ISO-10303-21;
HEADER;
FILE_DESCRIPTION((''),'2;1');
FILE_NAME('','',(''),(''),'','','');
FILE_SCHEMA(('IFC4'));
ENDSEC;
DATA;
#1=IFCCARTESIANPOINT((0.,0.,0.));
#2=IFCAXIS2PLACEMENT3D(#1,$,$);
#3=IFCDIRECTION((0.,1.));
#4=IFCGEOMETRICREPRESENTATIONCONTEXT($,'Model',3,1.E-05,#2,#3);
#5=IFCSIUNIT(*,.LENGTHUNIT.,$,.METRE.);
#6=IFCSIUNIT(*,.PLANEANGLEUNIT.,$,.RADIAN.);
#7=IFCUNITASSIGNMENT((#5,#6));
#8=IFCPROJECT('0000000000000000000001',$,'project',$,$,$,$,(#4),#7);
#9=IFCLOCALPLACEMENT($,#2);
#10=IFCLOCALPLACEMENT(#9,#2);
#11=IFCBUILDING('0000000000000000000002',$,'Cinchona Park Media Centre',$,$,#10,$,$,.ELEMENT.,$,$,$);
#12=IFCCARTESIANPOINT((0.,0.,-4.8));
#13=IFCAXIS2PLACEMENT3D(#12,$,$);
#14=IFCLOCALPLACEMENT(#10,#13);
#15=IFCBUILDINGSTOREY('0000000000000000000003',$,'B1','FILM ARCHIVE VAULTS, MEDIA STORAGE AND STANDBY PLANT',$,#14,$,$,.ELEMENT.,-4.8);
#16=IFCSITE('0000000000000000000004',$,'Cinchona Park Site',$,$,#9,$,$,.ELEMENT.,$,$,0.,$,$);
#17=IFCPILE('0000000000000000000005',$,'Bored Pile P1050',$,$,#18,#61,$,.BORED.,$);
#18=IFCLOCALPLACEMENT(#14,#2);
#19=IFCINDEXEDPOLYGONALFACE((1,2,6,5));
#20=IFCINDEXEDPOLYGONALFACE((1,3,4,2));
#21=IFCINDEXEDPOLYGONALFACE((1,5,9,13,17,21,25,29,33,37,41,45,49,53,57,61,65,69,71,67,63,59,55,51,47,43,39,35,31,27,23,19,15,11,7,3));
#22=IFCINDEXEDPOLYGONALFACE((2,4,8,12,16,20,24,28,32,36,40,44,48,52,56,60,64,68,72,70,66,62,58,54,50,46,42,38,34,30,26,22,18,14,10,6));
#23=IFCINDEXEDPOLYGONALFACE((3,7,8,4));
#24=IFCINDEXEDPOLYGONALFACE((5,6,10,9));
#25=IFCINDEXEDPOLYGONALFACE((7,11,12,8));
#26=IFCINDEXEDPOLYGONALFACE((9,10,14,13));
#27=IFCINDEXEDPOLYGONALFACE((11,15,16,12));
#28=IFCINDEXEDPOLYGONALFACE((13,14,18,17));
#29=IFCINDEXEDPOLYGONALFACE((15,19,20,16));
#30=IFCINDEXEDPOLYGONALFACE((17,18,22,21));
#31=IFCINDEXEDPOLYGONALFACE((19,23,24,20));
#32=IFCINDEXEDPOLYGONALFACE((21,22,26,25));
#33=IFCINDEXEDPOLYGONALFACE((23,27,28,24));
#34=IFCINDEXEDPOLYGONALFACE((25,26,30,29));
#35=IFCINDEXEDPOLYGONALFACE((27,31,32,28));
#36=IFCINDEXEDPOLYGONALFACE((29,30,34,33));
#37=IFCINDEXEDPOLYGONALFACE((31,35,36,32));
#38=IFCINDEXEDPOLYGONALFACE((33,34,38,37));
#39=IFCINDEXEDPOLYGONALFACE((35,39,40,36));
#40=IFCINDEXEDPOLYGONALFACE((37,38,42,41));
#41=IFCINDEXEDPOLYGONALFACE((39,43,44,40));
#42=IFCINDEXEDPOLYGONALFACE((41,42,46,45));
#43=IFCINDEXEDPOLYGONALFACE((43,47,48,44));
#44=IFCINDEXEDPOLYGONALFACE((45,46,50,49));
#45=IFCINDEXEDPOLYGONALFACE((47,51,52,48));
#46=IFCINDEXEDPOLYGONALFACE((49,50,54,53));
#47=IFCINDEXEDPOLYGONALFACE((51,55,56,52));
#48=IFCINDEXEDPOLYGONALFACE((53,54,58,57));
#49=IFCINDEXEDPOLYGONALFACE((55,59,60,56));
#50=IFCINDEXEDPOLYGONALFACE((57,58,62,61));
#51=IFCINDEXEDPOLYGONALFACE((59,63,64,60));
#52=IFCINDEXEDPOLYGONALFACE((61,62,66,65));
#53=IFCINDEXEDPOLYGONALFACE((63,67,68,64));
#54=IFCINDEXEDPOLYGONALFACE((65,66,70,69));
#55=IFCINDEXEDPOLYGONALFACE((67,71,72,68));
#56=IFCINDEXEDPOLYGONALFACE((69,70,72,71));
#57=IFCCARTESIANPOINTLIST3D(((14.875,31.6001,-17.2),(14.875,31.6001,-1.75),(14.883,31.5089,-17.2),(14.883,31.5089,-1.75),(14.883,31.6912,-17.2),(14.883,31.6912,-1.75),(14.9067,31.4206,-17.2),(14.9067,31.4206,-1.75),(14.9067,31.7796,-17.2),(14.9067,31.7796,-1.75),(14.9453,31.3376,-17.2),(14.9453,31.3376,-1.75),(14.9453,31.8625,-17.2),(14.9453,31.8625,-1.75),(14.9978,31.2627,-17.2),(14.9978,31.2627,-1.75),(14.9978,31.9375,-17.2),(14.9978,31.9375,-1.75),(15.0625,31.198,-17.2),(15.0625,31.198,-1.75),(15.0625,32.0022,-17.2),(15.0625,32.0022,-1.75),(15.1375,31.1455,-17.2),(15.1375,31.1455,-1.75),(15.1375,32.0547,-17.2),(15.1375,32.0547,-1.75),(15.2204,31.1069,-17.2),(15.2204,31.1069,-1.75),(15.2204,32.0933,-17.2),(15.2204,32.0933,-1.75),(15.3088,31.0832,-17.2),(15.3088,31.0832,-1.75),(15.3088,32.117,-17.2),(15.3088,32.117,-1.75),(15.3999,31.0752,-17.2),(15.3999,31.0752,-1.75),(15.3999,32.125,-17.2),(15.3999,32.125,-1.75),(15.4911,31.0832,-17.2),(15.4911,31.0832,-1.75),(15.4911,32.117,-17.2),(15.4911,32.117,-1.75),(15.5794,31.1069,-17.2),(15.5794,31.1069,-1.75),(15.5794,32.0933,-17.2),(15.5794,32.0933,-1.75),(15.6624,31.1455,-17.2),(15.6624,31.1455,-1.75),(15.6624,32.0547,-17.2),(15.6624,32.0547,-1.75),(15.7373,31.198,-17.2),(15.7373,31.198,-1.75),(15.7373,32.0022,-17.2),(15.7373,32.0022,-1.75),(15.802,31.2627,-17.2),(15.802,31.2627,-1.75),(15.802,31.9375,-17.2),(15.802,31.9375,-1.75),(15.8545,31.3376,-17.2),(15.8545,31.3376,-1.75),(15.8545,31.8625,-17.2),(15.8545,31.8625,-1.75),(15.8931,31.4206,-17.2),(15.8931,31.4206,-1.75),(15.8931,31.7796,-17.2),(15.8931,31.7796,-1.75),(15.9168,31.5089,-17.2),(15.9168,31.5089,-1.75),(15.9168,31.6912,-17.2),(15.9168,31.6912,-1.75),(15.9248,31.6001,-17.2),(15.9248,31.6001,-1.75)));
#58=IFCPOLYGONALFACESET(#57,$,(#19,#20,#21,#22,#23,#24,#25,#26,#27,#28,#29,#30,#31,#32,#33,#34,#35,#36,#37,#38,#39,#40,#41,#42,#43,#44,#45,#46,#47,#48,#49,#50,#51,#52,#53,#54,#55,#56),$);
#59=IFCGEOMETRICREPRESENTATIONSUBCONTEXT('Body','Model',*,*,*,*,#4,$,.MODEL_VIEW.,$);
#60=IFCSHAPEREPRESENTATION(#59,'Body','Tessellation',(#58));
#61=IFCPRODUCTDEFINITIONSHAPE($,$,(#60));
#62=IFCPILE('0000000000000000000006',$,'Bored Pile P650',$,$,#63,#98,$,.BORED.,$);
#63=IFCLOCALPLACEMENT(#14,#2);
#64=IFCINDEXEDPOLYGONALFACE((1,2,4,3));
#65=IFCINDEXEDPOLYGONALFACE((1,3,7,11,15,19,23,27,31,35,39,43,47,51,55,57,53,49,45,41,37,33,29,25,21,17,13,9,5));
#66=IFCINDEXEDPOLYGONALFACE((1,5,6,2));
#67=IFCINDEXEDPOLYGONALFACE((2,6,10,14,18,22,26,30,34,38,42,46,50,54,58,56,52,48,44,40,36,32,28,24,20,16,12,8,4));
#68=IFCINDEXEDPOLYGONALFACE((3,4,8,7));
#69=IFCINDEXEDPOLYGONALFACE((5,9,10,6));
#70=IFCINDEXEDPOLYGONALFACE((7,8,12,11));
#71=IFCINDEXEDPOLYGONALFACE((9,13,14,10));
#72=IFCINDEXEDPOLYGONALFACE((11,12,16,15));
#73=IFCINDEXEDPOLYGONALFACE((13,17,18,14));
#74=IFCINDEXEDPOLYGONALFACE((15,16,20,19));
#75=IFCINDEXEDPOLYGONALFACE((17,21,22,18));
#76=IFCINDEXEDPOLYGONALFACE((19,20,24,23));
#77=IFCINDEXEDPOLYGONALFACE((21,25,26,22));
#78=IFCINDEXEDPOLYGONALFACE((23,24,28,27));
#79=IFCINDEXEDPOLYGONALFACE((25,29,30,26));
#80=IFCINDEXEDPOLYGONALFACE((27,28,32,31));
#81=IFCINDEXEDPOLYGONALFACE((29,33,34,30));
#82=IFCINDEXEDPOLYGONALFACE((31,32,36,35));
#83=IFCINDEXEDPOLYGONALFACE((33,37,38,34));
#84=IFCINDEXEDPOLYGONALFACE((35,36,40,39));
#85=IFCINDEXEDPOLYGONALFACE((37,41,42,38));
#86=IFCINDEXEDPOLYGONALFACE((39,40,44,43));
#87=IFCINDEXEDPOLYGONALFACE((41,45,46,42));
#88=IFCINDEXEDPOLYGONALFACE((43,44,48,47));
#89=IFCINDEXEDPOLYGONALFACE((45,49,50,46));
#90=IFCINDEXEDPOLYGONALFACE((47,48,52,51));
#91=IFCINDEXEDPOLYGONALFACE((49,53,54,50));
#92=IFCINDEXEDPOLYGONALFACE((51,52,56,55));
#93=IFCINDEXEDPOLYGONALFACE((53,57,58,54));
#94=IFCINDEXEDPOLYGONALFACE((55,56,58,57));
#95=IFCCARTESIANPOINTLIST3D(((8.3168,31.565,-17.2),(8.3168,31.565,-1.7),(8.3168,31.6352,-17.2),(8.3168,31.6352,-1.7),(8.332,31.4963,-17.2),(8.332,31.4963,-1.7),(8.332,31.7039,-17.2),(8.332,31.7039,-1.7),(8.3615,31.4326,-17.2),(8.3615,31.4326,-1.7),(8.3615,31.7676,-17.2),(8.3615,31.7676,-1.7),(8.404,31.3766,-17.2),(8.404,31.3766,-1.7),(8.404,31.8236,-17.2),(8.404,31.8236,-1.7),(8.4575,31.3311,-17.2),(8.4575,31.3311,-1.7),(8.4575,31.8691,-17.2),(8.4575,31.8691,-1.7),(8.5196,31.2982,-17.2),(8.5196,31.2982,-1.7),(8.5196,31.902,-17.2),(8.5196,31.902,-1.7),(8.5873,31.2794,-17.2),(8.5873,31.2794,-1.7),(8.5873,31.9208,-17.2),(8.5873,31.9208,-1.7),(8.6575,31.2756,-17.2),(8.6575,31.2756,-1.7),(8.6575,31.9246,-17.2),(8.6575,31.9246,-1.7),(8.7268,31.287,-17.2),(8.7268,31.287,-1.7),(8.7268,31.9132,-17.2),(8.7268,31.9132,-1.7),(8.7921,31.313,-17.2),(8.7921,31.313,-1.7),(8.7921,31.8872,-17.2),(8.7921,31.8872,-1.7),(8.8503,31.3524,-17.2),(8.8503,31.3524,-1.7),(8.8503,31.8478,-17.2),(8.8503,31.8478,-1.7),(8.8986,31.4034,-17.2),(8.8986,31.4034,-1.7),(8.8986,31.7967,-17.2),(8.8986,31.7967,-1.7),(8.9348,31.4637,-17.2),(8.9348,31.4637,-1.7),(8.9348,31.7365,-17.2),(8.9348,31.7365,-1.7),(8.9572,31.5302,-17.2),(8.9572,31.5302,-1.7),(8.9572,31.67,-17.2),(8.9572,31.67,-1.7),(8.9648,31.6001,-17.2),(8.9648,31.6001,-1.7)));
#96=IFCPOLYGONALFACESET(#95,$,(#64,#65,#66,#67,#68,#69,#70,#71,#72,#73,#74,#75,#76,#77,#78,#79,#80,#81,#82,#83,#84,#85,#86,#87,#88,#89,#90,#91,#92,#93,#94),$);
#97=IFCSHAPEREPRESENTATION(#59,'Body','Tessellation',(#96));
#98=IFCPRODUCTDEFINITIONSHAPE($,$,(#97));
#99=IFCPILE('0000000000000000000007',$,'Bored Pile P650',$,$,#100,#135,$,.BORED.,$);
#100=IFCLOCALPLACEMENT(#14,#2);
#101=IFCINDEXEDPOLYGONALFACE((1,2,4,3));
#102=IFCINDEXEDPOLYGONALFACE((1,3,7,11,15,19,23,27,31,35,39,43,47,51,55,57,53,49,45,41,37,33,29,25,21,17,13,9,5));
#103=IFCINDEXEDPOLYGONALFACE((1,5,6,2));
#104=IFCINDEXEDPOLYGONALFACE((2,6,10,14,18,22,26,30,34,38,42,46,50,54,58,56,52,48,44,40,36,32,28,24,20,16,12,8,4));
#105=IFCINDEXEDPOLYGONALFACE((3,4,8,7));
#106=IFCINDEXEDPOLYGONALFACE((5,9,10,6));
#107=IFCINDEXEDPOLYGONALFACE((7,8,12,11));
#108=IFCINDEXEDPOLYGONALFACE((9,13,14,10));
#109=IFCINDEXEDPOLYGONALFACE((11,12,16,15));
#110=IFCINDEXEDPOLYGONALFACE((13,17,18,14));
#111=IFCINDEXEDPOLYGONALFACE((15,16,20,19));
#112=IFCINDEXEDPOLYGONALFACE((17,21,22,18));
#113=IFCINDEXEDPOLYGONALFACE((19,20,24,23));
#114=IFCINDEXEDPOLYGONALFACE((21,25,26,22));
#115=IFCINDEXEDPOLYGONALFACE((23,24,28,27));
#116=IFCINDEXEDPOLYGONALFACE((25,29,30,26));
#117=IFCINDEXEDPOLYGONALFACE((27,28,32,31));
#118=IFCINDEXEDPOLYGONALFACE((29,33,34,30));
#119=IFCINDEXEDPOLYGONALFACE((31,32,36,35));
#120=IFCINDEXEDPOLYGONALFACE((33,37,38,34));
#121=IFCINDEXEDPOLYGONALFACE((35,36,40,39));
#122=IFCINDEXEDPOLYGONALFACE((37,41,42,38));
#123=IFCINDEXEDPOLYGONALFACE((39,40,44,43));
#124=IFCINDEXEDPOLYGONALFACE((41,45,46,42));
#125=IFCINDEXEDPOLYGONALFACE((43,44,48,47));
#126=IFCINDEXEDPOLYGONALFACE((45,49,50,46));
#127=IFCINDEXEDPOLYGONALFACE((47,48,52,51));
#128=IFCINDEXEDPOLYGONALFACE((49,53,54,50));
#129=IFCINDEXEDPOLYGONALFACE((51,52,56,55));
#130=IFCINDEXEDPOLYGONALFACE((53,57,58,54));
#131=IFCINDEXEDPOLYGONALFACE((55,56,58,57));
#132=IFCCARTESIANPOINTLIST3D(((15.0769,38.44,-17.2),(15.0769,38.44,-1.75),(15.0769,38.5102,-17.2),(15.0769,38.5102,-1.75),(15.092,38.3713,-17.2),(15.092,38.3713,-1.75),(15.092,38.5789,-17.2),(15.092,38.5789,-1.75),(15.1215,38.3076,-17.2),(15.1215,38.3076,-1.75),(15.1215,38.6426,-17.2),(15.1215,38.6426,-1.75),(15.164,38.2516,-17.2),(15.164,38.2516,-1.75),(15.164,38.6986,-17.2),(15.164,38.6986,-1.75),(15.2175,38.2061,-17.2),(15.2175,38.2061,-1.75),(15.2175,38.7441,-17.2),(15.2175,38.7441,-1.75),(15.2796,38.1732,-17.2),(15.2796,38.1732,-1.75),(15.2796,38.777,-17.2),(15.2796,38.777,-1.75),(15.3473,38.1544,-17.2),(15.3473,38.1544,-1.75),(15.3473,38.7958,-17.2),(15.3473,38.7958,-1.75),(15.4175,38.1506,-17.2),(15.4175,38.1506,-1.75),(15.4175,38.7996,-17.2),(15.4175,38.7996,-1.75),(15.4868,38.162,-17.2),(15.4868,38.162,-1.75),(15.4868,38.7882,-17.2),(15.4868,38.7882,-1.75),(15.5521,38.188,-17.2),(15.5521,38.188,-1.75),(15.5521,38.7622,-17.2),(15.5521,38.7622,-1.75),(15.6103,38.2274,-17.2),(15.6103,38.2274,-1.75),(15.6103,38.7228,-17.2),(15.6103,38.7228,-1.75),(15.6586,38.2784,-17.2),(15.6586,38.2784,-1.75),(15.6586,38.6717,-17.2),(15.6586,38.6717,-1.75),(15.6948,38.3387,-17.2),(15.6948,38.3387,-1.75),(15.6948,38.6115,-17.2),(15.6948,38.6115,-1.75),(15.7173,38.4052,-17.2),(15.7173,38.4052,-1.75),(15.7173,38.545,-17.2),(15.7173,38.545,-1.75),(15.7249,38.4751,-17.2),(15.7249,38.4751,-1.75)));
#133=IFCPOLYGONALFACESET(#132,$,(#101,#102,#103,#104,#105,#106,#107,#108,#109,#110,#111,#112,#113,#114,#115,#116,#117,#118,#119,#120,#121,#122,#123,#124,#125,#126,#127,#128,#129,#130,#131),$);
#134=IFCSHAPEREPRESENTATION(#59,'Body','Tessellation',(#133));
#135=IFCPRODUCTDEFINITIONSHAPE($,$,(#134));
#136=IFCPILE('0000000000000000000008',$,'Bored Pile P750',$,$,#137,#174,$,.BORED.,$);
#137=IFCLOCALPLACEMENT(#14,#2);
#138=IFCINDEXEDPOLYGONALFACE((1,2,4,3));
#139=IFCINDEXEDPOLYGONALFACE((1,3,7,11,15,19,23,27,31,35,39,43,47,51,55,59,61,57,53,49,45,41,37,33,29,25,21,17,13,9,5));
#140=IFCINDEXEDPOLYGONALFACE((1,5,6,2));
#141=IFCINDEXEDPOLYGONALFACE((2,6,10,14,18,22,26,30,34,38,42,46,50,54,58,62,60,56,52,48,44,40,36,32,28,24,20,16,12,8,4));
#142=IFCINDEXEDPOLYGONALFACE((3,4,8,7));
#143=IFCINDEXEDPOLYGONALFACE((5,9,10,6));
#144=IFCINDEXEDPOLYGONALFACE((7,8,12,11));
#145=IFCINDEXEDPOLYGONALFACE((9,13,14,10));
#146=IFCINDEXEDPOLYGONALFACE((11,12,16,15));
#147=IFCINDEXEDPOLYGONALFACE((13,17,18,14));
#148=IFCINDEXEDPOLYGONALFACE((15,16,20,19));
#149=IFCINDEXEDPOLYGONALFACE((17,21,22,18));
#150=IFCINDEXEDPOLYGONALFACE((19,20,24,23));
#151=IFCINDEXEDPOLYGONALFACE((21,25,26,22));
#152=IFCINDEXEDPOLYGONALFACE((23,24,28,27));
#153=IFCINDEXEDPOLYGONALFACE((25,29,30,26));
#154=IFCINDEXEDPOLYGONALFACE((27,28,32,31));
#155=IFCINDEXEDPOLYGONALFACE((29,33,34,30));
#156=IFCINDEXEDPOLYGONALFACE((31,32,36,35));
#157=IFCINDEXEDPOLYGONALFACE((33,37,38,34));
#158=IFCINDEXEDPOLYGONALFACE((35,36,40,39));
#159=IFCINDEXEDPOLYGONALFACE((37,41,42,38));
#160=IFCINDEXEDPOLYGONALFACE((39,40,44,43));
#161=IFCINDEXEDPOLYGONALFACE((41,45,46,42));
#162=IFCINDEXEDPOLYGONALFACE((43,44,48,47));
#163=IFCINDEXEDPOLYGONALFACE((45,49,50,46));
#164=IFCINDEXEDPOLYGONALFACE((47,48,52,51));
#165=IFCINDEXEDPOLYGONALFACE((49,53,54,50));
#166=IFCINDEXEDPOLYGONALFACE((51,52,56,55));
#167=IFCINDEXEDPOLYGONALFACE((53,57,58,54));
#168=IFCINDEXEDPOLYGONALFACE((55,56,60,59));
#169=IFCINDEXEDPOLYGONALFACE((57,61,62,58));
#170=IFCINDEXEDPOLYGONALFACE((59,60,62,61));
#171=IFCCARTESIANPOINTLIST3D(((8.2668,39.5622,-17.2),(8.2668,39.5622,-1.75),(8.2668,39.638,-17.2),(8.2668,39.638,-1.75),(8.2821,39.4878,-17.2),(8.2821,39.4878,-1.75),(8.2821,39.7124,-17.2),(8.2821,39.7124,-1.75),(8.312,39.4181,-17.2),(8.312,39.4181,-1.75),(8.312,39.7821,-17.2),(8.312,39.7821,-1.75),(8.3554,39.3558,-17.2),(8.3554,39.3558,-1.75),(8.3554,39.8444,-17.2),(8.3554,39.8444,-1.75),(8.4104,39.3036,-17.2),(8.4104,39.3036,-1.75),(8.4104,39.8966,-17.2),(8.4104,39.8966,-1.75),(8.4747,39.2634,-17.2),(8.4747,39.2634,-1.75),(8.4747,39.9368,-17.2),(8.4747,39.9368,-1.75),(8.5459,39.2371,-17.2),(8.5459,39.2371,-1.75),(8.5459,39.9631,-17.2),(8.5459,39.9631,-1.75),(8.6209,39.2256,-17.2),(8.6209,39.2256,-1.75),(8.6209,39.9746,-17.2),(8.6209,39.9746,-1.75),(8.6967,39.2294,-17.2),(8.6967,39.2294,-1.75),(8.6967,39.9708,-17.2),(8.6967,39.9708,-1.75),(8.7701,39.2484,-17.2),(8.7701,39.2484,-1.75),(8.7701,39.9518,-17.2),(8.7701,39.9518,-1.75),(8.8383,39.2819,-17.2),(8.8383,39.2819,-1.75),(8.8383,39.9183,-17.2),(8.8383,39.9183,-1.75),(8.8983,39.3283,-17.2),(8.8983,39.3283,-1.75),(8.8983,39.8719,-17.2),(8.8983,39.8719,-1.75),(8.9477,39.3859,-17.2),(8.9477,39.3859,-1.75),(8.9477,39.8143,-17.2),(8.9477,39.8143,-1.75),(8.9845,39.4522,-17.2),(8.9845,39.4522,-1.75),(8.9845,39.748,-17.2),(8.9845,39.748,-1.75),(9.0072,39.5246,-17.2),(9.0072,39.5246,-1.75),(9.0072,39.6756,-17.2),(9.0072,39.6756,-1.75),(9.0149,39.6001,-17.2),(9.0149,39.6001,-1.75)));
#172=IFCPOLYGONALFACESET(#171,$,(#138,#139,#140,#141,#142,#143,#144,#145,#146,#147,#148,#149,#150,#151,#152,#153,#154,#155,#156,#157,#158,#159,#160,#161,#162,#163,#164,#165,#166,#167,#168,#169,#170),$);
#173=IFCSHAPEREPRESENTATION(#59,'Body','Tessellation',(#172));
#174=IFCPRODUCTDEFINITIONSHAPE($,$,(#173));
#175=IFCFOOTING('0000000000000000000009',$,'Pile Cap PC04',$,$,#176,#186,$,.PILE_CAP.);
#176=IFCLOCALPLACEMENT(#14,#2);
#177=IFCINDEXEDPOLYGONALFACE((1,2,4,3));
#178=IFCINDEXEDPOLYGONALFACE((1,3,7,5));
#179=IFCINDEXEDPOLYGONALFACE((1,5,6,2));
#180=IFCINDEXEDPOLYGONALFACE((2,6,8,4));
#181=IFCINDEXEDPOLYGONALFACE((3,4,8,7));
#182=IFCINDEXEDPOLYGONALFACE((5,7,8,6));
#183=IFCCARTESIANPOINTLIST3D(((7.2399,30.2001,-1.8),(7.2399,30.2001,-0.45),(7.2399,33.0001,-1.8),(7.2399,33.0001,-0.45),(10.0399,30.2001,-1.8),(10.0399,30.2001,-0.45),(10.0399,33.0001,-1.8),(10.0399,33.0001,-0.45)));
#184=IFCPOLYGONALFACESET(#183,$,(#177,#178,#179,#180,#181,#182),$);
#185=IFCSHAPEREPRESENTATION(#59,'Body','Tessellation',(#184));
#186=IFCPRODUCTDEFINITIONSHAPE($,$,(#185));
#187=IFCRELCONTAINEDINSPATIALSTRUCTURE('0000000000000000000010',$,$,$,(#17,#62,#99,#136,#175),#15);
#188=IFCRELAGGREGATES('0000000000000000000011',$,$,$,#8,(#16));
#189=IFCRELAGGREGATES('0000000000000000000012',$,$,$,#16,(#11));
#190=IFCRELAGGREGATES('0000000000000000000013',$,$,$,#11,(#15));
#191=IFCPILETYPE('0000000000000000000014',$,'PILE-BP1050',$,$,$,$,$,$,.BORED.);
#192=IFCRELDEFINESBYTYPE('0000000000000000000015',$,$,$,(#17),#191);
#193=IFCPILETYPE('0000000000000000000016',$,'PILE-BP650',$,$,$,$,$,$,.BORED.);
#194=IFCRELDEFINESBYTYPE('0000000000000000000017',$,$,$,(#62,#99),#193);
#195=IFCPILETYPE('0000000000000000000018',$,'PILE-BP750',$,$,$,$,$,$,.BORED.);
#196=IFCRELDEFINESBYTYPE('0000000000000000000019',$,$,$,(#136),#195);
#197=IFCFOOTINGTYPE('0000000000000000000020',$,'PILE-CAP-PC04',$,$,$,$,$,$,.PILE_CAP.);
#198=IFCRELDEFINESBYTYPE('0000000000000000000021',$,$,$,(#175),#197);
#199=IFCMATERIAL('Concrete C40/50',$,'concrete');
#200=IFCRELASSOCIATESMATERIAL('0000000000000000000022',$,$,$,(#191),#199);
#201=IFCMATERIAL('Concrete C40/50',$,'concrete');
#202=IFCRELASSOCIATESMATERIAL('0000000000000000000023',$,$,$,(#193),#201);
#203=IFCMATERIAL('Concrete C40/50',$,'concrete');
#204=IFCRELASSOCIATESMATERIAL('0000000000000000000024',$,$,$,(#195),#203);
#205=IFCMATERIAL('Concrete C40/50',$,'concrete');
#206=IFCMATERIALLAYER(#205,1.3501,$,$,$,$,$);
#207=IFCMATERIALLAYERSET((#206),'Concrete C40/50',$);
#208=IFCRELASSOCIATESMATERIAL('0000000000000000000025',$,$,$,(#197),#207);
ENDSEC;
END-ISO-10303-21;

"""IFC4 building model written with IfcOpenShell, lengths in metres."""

from ifc_helpers import new_model, si_unit, direction, frame, origin, origin_2d, place, context, subcontext, project, spatial, rectangle, circle, extrude, material, layer, layer_set, material_profile, profile_set, type_object, element, save


model = new_model("IFC4")

# Units and contexts
model_context = context("Model", 3, precision=1e-05, world=origin(), true_north=direction((0.0, 1.0)))
body_context = subcontext(model_context, "Body", "Model", "MODEL_VIEW")
ifc_project = project(units=[si_unit("LENGTHUNIT", "METRE"), si_unit("PLANEANGLEUNIT", "RADIAN")], contexts=[model_context])

# Site, building, storey
site_placement = place(None, origin())
site = spatial("IfcSite", under=ifc_project, at=site_placement, Name="Cinchona Park Site", CompositionType="ELEMENT", RefElevation=0.0)
building_placement = place(site_placement, origin())
building = spatial("IfcBuilding", under=site, at=building_placement, Name="Cinchona Park Media Centre", CompositionType="ELEMENT")
storey_placement = place(building_placement, frame((0.0, 0.0, -4.8)))
storey = spatial("IfcBuildingStorey", under=building, at=storey_placement, Name="B1", Description="FILM ARCHIVE VAULTS, MEDIA STORAGE AND STANDBY PLANT", CompositionType="ELEMENT", Elevation=-4.8)

# Piles
ifc_material_1 = material(Name="Concrete C40/50", Category="concrete")
ifc_material_profile_1 = material_profile(ifc_material_1, circle(Radius=0.5249, at=origin_2d()), Name="BORED PILE 1050")
ifc_profile_set_1 = profile_set([ifc_material_profile_1], Name="Concrete C40/50")
pile_type_1 = type_object("IfcPileType", Name="PILE-BP1050", PredefinedType="BORED", material=ifc_profile_set_1)
pile_1_placement = place(storey_placement, frame((15.3999, 31.6001, -1.75), z_axis=(0.0, 0.0, -1.0), x_axis=(1.0, 0.0, 0.0)))
element("IfcPile", 1, at=pile_1_placement, inside=storey, type_object=pile_type_1, Name="Bored Pile P1050", PredefinedType="BORED", context=body_context, shape_type="SweptSolid", body=[
    extrude(circle(Radius=0.5249, at=origin_2d()), origin(), (0.0, 0.0, 1.0), 15.45),
])
ifc_material_2 = material(Name="Concrete C40/50", Category="concrete")
ifc_material_profile_2 = material_profile(ifc_material_2, circle(Radius=0.325, at=origin_2d()), Name="BORED PILE 650")
ifc_profile_set_2 = profile_set([ifc_material_profile_2], Name="Concrete C40/50")
pile_type_2 = type_object("IfcPileType", Name="PILE-BP650", PredefinedType="BORED", material=ifc_profile_set_2)
pile_2_placement = place(storey_placement, frame((8.6399, 31.6001, -1.7), z_axis=(0.0, 0.0, -1.0), x_axis=(1.0, 0.0, 0.0)))
element("IfcPile", 2, at=pile_2_placement, inside=storey, type_object=pile_type_2, Name="Bored Pile P650", PredefinedType="BORED", context=body_context, shape_type="SweptSolid", body=[
    extrude(circle(Radius=0.325, at=origin_2d()), origin(), (0.0, 0.0, 1.0), 15.5),
])
pile_3_placement = place(storey_placement, frame((15.3999, 38.4751, -1.75), z_axis=(0.0, 0.0, -1.0), x_axis=(1.0, 0.0, 0.0)))
element("IfcPile", 3, at=pile_3_placement, inside=storey, type_object=pile_type_2, Name="Bored Pile P650", PredefinedType="BORED", context=body_context, shape_type="SweptSolid", body=[
    extrude(circle(Radius=0.325, at=origin_2d()), origin(), (0.0, 0.0, 1.0), 15.45),
])
ifc_material_3 = material(Name="Concrete C40/50", Category="concrete")
ifc_material_profile_3 = material_profile(ifc_material_3, circle(Radius=0.375, at=origin_2d()), Name="BORED PILE 750")
ifc_profile_set_3 = profile_set([ifc_material_profile_3], Name="Concrete C40/50")
pile_type_3 = type_object("IfcPileType", Name="PILE-BP750", PredefinedType="BORED", material=ifc_profile_set_3)
pile_4_placement = place(storey_placement, frame((8.6399, 39.6001, -1.75), z_axis=(0.0, 0.0, -1.0), x_axis=(1.0, 0.0, 0.0)))
element("IfcPile", 4, at=pile_4_placement, inside=storey, type_object=pile_type_3, Name="Bored Pile P750", PredefinedType="BORED", context=body_context, shape_type="SweptSolid", body=[
    extrude(circle(Radius=0.375, at=origin_2d()), origin(), (0.0, 0.0, 1.0), 15.45),
])

# Footing
ifc_material_4 = material(Name="Concrete C40/50", Category="concrete")
ifc_layer_1 = layer(ifc_material_4, 1.3501)
ifc_layer_set_1 = layer_set([ifc_layer_1], Name="Concrete C40/50")
footing_type_1 = type_object("IfcFootingType", Name="PILE-CAP-PC04", PredefinedType="PILE_CAP", material=ifc_layer_set_1)
footing_1_placement = place(storey_placement, frame((8.6399, 31.6001, -1.8), z_axis=(0.0, 0.0, 1.0), x_axis=(1.0, 0.0, 0.0)))
element("IfcFooting", 5, at=footing_1_placement, inside=storey, type_object=footing_type_1, Name="Pile Cap PC04", PredefinedType="PILE_CAP", context=body_context, shape_type="SweptSolid", body=[
    extrude(rectangle(XDim=2.8, YDim=2.8, at=origin_2d()), origin(), (0.0, 0.0, 1.0), 1.3501),
])

save(model, "model.ifc")
